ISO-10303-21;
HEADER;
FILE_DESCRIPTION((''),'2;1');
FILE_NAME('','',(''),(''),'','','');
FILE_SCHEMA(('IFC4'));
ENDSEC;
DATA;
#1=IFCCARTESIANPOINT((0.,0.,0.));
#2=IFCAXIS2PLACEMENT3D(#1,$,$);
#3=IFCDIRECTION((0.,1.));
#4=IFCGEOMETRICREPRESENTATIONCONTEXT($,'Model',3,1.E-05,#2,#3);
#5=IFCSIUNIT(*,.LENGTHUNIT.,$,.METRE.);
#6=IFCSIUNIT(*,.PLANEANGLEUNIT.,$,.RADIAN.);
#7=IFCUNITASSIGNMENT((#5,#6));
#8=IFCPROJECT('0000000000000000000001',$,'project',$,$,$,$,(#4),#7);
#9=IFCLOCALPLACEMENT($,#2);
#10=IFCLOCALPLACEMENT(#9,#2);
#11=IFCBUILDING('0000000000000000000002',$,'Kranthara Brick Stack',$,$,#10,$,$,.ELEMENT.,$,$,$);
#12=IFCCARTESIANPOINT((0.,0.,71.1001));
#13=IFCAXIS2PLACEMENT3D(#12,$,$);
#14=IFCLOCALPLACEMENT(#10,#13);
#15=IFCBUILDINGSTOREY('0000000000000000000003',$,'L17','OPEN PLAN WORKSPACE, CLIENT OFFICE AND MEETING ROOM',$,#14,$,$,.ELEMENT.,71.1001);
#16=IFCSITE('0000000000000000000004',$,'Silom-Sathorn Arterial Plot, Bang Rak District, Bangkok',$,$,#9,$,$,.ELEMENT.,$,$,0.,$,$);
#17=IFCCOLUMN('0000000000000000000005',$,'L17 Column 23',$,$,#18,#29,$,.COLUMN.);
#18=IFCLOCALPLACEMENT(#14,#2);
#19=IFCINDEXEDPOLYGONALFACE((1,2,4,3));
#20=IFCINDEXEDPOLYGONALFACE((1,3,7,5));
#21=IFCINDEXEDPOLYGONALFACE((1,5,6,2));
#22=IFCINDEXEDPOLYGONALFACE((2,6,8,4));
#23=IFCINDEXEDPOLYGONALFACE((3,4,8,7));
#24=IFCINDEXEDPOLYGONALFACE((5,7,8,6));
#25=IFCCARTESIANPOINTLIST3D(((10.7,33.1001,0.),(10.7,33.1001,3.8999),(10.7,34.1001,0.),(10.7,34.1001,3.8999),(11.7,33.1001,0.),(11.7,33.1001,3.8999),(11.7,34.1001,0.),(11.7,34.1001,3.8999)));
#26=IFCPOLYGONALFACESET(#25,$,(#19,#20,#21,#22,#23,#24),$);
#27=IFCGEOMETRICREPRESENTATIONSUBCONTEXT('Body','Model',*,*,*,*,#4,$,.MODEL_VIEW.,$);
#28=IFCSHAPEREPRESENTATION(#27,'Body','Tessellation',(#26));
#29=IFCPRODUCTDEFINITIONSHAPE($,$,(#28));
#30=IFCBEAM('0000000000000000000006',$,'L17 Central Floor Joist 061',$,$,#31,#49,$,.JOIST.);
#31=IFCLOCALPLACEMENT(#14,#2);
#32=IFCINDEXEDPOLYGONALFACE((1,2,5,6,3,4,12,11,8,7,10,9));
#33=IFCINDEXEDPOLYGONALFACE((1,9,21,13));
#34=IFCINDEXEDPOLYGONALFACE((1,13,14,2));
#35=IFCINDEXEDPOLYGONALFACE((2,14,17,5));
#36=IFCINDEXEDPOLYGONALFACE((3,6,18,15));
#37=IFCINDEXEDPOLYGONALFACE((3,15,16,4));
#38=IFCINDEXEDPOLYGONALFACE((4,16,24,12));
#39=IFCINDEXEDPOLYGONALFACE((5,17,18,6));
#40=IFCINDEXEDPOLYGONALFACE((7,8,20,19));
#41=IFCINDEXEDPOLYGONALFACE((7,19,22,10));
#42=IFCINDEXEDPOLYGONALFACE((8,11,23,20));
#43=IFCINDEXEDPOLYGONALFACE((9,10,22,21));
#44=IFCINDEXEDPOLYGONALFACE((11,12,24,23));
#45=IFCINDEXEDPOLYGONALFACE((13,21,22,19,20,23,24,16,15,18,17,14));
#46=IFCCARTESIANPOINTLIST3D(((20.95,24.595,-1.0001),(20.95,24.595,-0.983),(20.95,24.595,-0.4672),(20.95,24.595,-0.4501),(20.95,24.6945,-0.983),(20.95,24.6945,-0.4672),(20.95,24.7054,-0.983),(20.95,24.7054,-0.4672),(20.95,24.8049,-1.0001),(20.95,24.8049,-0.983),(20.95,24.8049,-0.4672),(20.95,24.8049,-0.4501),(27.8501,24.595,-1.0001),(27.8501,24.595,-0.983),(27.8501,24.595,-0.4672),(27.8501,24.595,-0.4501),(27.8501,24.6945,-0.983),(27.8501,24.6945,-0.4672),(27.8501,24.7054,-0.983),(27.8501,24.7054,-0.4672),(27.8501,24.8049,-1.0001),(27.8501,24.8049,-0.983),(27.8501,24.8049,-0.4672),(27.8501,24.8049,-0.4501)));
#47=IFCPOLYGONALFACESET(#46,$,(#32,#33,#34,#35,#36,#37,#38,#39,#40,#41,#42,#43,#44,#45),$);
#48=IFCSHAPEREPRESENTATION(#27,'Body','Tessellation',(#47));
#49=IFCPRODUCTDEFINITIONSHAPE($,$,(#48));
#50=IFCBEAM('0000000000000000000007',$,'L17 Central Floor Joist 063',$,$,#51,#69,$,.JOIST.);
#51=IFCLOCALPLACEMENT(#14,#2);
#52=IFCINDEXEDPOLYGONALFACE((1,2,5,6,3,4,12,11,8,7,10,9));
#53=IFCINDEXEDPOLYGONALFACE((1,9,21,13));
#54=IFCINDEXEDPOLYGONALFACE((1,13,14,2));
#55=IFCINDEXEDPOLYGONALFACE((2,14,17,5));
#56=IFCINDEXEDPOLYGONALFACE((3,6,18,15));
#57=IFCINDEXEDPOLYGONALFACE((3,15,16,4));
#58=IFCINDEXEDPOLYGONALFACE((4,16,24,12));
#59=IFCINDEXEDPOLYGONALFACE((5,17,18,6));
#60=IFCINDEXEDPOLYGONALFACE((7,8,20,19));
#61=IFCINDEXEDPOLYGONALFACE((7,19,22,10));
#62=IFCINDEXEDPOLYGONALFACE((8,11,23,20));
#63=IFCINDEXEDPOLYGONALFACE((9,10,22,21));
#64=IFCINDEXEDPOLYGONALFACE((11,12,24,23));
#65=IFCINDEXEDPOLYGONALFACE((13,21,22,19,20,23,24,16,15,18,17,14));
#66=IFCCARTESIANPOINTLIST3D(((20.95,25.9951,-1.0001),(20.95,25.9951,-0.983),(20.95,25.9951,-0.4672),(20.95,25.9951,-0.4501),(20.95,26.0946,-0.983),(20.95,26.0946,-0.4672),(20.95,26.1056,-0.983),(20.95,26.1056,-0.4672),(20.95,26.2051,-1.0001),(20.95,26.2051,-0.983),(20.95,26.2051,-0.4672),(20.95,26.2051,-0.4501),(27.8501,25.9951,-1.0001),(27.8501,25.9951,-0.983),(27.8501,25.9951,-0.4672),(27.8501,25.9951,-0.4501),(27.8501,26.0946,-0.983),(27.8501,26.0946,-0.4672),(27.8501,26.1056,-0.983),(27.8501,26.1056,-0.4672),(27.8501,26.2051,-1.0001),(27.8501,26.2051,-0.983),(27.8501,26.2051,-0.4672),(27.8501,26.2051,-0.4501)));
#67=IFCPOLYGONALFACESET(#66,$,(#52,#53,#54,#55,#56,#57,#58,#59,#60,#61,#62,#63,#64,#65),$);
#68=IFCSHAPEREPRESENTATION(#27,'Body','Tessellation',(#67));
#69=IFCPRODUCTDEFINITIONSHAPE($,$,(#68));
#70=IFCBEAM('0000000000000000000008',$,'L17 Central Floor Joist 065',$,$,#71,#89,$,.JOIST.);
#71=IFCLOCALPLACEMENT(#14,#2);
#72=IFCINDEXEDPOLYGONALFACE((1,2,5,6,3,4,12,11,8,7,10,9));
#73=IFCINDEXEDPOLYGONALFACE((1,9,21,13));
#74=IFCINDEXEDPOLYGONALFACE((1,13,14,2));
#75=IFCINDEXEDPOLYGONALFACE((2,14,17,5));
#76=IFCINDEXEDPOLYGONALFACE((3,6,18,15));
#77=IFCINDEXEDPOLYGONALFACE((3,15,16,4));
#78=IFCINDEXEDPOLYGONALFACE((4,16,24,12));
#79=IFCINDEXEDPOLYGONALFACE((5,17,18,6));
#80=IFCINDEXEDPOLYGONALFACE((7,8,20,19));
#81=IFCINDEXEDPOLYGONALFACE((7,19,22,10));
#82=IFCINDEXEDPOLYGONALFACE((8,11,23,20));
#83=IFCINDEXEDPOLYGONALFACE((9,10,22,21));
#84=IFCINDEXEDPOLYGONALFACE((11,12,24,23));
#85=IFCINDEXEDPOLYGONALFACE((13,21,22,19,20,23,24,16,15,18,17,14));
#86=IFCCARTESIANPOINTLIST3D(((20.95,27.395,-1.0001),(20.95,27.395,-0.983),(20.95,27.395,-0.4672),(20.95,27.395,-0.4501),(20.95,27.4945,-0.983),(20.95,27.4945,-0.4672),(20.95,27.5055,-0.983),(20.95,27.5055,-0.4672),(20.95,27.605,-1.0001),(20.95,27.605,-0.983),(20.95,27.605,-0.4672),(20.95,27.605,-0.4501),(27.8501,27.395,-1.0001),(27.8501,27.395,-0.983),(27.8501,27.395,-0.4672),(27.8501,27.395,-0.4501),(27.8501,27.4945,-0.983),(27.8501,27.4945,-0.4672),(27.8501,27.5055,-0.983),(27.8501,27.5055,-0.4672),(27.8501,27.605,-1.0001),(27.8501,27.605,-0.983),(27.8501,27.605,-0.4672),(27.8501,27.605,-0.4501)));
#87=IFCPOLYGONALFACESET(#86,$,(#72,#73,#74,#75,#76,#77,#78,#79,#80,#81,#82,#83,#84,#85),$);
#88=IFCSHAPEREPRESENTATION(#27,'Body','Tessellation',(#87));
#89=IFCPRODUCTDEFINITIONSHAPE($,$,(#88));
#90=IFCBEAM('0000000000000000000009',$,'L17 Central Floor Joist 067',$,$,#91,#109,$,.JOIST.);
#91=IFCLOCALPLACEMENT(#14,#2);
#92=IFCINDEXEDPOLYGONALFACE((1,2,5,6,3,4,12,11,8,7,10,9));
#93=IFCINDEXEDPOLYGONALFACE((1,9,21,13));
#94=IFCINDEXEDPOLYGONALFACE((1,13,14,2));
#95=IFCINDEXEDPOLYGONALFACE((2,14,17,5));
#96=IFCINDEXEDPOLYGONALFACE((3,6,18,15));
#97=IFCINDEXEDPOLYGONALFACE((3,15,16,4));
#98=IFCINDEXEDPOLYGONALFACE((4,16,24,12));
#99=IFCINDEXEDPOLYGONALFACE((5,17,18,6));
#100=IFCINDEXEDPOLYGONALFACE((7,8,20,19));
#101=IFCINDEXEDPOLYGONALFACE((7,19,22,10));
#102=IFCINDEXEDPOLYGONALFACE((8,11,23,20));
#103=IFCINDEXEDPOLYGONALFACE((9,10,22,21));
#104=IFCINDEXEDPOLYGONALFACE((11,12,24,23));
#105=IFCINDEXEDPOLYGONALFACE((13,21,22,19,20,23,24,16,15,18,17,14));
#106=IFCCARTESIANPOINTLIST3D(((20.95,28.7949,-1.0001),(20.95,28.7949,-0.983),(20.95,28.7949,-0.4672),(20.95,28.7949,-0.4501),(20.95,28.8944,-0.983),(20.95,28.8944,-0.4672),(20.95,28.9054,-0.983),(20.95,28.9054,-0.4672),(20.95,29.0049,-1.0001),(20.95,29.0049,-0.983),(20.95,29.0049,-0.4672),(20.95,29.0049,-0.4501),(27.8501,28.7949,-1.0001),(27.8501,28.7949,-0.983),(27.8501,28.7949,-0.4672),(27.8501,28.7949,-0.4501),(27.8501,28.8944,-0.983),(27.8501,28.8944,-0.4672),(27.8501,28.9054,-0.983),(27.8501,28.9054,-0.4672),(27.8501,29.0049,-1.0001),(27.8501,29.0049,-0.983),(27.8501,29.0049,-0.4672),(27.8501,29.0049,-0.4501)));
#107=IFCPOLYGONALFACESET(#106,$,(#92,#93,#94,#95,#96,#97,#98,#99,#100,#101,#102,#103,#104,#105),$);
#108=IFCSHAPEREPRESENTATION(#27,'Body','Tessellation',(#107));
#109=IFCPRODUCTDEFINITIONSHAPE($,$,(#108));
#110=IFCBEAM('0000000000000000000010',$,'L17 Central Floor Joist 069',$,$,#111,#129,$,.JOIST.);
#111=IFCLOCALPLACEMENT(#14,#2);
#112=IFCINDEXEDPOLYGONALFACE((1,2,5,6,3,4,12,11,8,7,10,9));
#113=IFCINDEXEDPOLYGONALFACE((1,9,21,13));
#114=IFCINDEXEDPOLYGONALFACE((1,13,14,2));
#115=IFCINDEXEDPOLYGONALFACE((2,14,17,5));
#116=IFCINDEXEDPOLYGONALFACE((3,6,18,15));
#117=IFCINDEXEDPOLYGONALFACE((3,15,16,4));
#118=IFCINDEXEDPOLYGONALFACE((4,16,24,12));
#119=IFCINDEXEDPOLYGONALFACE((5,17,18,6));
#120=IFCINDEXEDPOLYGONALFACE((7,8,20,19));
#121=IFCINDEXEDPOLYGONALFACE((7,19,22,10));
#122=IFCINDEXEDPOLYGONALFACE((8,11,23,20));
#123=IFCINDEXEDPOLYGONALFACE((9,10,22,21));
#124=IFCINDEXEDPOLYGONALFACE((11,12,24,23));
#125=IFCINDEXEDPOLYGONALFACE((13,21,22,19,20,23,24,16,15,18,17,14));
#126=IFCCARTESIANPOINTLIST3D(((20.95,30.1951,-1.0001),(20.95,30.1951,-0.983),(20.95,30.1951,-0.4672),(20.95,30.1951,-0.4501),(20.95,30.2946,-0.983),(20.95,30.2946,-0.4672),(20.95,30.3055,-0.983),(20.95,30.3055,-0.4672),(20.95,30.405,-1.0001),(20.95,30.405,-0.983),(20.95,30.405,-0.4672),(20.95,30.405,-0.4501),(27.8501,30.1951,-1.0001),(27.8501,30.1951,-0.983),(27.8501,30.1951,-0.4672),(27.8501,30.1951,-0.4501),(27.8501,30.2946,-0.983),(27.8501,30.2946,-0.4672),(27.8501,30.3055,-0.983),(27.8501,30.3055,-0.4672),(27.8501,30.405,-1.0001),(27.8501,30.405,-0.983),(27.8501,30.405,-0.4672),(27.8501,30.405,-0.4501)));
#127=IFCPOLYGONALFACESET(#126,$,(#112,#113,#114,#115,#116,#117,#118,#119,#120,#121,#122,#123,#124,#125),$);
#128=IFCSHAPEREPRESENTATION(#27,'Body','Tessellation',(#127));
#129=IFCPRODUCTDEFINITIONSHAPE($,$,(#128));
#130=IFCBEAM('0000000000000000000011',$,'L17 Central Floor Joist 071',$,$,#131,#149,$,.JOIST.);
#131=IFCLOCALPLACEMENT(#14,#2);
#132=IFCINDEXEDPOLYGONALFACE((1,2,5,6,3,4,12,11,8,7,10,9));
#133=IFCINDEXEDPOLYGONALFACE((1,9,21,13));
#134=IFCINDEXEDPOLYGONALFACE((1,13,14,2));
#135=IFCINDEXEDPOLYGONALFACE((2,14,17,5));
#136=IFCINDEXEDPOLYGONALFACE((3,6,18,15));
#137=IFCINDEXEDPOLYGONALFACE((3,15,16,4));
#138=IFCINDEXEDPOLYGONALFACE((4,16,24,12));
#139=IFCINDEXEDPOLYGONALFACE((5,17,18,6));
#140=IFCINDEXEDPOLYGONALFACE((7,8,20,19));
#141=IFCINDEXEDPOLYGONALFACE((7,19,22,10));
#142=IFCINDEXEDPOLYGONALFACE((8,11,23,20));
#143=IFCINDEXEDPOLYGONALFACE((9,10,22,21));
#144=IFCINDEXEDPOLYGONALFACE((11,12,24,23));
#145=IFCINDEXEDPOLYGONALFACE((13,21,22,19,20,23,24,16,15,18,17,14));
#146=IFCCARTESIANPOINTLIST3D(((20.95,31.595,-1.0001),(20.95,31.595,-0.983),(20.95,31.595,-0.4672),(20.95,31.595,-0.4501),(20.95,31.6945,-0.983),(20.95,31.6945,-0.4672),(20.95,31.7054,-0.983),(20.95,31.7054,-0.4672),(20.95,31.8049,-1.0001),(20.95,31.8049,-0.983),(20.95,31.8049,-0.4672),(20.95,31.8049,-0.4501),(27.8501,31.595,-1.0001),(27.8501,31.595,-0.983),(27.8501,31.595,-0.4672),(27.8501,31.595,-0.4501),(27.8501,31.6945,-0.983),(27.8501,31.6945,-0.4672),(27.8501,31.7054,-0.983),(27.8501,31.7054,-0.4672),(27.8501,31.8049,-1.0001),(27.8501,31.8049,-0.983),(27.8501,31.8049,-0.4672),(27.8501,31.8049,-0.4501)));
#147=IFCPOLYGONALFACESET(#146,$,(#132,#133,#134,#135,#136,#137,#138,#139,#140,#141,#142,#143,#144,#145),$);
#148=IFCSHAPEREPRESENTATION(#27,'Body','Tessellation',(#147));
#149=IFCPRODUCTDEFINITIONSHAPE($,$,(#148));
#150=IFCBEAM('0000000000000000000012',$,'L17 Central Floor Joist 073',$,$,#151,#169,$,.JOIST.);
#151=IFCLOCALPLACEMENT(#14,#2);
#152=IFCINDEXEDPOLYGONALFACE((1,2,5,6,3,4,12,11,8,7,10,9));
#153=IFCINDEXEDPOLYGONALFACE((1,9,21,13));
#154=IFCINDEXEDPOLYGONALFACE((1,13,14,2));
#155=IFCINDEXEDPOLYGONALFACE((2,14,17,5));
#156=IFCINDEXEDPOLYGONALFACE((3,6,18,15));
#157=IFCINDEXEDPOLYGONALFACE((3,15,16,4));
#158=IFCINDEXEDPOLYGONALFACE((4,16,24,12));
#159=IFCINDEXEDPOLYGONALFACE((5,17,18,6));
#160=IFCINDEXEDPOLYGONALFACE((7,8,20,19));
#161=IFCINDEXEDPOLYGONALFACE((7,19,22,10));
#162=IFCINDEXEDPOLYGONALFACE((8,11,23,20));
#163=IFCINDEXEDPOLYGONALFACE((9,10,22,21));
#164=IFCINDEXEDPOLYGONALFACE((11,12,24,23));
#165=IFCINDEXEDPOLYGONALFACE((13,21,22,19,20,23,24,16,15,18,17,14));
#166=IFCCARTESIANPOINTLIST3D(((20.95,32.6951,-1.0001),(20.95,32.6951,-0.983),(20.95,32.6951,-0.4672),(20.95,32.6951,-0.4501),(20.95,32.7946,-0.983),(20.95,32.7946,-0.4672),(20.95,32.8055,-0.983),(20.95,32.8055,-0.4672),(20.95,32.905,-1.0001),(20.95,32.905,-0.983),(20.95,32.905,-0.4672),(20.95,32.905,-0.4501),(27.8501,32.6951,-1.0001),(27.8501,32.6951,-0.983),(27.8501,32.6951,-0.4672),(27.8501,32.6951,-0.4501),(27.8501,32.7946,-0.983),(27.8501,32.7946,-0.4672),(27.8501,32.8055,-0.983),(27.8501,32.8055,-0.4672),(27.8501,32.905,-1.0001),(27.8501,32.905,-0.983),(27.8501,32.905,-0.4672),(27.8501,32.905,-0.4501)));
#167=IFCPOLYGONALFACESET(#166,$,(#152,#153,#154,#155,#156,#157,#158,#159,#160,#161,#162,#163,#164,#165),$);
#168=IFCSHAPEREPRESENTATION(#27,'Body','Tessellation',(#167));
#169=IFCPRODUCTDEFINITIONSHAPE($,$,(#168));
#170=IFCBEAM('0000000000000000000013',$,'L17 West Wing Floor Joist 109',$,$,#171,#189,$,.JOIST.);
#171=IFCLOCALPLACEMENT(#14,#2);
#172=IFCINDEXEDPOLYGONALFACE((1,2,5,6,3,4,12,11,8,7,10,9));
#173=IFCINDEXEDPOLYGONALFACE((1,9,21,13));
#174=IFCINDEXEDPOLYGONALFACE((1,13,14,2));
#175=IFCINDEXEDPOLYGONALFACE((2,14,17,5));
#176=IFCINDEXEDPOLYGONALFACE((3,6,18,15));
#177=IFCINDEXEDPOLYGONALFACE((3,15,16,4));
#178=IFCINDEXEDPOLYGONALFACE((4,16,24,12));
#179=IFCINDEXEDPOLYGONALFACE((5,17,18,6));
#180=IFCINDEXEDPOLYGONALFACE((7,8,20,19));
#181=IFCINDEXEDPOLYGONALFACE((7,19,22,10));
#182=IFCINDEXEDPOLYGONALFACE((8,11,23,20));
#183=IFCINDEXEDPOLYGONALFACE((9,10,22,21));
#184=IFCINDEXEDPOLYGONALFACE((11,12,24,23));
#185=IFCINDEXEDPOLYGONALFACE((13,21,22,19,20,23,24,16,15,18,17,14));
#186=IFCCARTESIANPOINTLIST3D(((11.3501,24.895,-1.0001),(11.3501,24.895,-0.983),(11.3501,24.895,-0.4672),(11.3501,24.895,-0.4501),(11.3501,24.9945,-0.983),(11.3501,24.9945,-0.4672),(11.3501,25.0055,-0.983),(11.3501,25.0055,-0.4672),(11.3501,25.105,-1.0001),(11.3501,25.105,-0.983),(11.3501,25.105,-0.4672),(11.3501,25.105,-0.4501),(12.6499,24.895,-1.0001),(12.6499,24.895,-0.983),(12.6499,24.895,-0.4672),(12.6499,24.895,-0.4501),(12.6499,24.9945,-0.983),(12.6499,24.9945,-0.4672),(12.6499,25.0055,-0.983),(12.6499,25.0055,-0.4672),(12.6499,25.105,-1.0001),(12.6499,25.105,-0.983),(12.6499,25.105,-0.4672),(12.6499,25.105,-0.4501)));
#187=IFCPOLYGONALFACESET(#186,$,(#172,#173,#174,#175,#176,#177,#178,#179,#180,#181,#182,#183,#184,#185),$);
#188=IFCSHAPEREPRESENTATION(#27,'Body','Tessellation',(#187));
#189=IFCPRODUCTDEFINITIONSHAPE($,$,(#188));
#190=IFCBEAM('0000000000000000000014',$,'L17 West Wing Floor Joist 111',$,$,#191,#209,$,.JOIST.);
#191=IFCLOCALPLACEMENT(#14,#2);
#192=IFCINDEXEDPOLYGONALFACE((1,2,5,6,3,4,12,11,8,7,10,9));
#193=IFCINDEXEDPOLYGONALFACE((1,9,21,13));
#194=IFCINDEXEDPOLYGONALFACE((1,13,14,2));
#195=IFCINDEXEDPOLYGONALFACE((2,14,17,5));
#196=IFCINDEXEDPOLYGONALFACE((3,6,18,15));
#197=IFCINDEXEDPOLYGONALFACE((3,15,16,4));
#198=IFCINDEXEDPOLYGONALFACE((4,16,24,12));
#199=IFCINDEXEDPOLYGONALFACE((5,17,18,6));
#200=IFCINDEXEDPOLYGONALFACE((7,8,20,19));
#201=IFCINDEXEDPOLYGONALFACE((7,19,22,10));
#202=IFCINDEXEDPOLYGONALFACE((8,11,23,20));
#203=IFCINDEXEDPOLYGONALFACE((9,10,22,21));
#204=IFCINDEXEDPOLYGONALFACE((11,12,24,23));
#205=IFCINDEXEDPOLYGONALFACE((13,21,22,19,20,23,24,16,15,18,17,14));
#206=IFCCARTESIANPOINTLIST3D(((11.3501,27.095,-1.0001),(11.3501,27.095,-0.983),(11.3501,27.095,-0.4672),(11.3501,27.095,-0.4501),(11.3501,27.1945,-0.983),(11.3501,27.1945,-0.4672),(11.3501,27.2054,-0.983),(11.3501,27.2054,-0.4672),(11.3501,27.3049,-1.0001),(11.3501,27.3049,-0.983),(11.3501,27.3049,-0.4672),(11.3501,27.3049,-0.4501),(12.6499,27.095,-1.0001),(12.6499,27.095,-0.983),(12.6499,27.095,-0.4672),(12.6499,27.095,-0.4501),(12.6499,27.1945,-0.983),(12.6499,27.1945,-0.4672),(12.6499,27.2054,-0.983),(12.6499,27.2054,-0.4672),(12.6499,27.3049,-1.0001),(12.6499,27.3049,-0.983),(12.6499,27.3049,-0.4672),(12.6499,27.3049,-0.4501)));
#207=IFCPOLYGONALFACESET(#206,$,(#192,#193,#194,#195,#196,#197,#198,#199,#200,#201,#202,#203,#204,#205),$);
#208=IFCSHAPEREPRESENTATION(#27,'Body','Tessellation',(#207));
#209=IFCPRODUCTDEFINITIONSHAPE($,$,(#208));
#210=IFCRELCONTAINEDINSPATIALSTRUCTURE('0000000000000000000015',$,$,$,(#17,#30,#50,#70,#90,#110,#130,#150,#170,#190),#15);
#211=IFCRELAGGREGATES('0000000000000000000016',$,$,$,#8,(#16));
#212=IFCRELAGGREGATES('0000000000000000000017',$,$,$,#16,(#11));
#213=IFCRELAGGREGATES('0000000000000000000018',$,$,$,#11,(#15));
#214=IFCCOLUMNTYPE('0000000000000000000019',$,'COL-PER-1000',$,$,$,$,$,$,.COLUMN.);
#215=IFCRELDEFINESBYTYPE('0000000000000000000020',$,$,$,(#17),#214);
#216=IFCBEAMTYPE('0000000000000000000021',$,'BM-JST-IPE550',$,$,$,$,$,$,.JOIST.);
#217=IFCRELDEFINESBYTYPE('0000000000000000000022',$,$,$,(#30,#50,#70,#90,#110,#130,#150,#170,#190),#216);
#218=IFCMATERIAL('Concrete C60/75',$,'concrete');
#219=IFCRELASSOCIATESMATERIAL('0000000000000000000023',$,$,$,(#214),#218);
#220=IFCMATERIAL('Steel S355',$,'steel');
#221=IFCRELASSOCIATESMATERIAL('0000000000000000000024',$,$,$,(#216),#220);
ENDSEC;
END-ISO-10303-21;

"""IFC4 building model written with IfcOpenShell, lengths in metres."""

from ifc_helpers import new_model, si_unit, direction, frame, origin, origin_2d, place, context, subcontext, project, spatial, rectangle, i_section, extrude, material, material_profile, profile_set, type_object, element, save


model = new_model("IFC4")

# Units and contexts
model_context = context("Model", 3, precision=1e-05, world=origin(), true_north=direction((0.0, 1.0)))
body_context = subcontext(model_context, "Body", "Model", "MODEL_VIEW")
ifc_project = project(units=[si_unit("LENGTHUNIT", "METRE"), si_unit("PLANEANGLEUNIT", "RADIAN")], contexts=[model_context])

# Site, building, storey
site_placement = place(None, origin())
site = spatial("IfcSite", under=ifc_project, at=site_placement, Name="Silom-Sathorn Arterial Plot, Bang Rak District, Bangkok", CompositionType="ELEMENT", RefElevation=0.0)
building_placement = place(site_placement, origin())
building = spatial("IfcBuilding", under=site, at=building_placement, Name="Kranthara Brick Stack", CompositionType="ELEMENT")
storey_placement = place(building_placement, frame((0.0, 0.0, 71.1001)))
storey = spatial("IfcBuildingStorey", under=building, at=storey_placement, Name="L17", Description="OPEN PLAN WORKSPACE, CLIENT OFFICE AND MEETING ROOM", CompositionType="ELEMENT", Elevation=71.1001)

# Column
ifc_material_1 = material(Name="Concrete C60/75", Category="concrete")
ifc_material_profile_1 = material_profile(ifc_material_1, rectangle(XDim=1.0, YDim=1.0, at=origin_2d()), Name="RC 1000x1000")
ifc_profile_set_1 = profile_set([ifc_material_profile_1], Name="Concrete C60/75")
column_type = type_object("IfcColumnType", Name="COL-PER-1000", PredefinedType="COLUMN", material=ifc_profile_set_1)
column_placement = place(storey_placement, frame((11.2, 33.6001, 0.0), z_axis=(0.0, 0.0, 1.0), x_axis=(1.0, 0.0, 0.0)))
element("IfcColumn", 1, at=column_placement, inside=storey, type_object=column_type, Name="L17 Column 23", PredefinedType="COLUMN", context=body_context, shape_type="SweptSolid", body=[
    extrude(rectangle(XDim=1.0, YDim=1.0, at=origin_2d()), origin(), (0.0, 0.0, 1.0), 3.8999),
])

# Beams
ifc_material_2 = material(Name="Steel S355", Category="steel")
ifc_material_profile_2 = material_profile(ifc_material_2, i_section(OverallWidth=0.21, OverallDepth=0.55, WebThickness=0.011, FlangeThickness=0.0171, at=origin_2d()), Name="IPE 550")
ifc_profile_set_2 = profile_set([ifc_material_profile_2], Name="Steel S355")
beam_type = type_object("IfcBeamType", Name="BM-JST-IPE550", PredefinedType="JOIST", material=ifc_profile_set_2)
for number, where, z_axis, x_axis, name in (
    (2, (20.95, 24.7, -0.7251), (1.0, 0.0, 0.0), (0.0, 1.0, 0.0), "L17 Central Floor Joist 061"),
    (3, (20.95, 26.1001, -0.7251), (1.0, 0.0, 0.0), (0.0, 1.0, 0.0), "L17 Central Floor Joist 063"),
    (4, (20.95, 27.5, -0.7251), (1.0, 0.0, 0.0), (0.0, 1.0, 0.0), "L17 Central Floor Joist 065"),
    (5, (20.95, 28.8999, -0.7251), (1.0, 0.0, 0.0), (0.0, 1.0, 0.0), "L17 Central Floor Joist 067"),
    (6, (20.95, 30.3, -0.7251), (1.0, 0.0, 0.0), (0.0, 1.0, 0.0), "L17 Central Floor Joist 069"),
    (7, (20.95, 31.7, -0.7251), (1.0, 0.0, 0.0), (0.0, 1.0, 0.0), "L17 Central Floor Joist 071"),
    (8, (20.95, 32.8, -0.7251), (1.0, 0.0, 0.0), (0.0, 1.0, 0.0), "L17 Central Floor Joist 073"),
):
    element("IfcBeam", number, at=place(storey_placement, frame(where, z_axis=z_axis, x_axis=x_axis)), inside=storey, type_object=beam_type, Name=name, PredefinedType="JOIST", context=body_context, shape_type="SweptSolid", body=[
        extrude(i_section(OverallWidth=0.21, OverallDepth=0.55, WebThickness=0.011, FlangeThickness=0.0171, at=origin_2d()), origin(), (0.0, 0.0, 1.0), 6.9001),
    ])
for number, where, z_axis, x_axis, name in (
    (9, (11.3501, 25.0, -0.7251), (1.0, 0.0, 0.0), (0.0, 1.0, 0.0), "L17 West Wing Floor Joist 109"),
    (10, (11.3501, 27.2, -0.7251), (1.0, 0.0, 0.0), (0.0, 1.0, 0.0), "L17 West Wing Floor Joist 111"),
):
    element("IfcBeam", number, at=place(storey_placement, frame(where, z_axis=z_axis, x_axis=x_axis)), inside=storey, type_object=beam_type, Name=name, PredefinedType="JOIST", context=body_context, shape_type="SweptSolid", body=[
        extrude(i_section(OverallWidth=0.21, OverallDepth=0.55, WebThickness=0.011, FlangeThickness=0.0171, at=origin_2d()), origin(), (0.0, 0.0, 1.0), 1.2998),
    ])

save(model, "model.ifc")
